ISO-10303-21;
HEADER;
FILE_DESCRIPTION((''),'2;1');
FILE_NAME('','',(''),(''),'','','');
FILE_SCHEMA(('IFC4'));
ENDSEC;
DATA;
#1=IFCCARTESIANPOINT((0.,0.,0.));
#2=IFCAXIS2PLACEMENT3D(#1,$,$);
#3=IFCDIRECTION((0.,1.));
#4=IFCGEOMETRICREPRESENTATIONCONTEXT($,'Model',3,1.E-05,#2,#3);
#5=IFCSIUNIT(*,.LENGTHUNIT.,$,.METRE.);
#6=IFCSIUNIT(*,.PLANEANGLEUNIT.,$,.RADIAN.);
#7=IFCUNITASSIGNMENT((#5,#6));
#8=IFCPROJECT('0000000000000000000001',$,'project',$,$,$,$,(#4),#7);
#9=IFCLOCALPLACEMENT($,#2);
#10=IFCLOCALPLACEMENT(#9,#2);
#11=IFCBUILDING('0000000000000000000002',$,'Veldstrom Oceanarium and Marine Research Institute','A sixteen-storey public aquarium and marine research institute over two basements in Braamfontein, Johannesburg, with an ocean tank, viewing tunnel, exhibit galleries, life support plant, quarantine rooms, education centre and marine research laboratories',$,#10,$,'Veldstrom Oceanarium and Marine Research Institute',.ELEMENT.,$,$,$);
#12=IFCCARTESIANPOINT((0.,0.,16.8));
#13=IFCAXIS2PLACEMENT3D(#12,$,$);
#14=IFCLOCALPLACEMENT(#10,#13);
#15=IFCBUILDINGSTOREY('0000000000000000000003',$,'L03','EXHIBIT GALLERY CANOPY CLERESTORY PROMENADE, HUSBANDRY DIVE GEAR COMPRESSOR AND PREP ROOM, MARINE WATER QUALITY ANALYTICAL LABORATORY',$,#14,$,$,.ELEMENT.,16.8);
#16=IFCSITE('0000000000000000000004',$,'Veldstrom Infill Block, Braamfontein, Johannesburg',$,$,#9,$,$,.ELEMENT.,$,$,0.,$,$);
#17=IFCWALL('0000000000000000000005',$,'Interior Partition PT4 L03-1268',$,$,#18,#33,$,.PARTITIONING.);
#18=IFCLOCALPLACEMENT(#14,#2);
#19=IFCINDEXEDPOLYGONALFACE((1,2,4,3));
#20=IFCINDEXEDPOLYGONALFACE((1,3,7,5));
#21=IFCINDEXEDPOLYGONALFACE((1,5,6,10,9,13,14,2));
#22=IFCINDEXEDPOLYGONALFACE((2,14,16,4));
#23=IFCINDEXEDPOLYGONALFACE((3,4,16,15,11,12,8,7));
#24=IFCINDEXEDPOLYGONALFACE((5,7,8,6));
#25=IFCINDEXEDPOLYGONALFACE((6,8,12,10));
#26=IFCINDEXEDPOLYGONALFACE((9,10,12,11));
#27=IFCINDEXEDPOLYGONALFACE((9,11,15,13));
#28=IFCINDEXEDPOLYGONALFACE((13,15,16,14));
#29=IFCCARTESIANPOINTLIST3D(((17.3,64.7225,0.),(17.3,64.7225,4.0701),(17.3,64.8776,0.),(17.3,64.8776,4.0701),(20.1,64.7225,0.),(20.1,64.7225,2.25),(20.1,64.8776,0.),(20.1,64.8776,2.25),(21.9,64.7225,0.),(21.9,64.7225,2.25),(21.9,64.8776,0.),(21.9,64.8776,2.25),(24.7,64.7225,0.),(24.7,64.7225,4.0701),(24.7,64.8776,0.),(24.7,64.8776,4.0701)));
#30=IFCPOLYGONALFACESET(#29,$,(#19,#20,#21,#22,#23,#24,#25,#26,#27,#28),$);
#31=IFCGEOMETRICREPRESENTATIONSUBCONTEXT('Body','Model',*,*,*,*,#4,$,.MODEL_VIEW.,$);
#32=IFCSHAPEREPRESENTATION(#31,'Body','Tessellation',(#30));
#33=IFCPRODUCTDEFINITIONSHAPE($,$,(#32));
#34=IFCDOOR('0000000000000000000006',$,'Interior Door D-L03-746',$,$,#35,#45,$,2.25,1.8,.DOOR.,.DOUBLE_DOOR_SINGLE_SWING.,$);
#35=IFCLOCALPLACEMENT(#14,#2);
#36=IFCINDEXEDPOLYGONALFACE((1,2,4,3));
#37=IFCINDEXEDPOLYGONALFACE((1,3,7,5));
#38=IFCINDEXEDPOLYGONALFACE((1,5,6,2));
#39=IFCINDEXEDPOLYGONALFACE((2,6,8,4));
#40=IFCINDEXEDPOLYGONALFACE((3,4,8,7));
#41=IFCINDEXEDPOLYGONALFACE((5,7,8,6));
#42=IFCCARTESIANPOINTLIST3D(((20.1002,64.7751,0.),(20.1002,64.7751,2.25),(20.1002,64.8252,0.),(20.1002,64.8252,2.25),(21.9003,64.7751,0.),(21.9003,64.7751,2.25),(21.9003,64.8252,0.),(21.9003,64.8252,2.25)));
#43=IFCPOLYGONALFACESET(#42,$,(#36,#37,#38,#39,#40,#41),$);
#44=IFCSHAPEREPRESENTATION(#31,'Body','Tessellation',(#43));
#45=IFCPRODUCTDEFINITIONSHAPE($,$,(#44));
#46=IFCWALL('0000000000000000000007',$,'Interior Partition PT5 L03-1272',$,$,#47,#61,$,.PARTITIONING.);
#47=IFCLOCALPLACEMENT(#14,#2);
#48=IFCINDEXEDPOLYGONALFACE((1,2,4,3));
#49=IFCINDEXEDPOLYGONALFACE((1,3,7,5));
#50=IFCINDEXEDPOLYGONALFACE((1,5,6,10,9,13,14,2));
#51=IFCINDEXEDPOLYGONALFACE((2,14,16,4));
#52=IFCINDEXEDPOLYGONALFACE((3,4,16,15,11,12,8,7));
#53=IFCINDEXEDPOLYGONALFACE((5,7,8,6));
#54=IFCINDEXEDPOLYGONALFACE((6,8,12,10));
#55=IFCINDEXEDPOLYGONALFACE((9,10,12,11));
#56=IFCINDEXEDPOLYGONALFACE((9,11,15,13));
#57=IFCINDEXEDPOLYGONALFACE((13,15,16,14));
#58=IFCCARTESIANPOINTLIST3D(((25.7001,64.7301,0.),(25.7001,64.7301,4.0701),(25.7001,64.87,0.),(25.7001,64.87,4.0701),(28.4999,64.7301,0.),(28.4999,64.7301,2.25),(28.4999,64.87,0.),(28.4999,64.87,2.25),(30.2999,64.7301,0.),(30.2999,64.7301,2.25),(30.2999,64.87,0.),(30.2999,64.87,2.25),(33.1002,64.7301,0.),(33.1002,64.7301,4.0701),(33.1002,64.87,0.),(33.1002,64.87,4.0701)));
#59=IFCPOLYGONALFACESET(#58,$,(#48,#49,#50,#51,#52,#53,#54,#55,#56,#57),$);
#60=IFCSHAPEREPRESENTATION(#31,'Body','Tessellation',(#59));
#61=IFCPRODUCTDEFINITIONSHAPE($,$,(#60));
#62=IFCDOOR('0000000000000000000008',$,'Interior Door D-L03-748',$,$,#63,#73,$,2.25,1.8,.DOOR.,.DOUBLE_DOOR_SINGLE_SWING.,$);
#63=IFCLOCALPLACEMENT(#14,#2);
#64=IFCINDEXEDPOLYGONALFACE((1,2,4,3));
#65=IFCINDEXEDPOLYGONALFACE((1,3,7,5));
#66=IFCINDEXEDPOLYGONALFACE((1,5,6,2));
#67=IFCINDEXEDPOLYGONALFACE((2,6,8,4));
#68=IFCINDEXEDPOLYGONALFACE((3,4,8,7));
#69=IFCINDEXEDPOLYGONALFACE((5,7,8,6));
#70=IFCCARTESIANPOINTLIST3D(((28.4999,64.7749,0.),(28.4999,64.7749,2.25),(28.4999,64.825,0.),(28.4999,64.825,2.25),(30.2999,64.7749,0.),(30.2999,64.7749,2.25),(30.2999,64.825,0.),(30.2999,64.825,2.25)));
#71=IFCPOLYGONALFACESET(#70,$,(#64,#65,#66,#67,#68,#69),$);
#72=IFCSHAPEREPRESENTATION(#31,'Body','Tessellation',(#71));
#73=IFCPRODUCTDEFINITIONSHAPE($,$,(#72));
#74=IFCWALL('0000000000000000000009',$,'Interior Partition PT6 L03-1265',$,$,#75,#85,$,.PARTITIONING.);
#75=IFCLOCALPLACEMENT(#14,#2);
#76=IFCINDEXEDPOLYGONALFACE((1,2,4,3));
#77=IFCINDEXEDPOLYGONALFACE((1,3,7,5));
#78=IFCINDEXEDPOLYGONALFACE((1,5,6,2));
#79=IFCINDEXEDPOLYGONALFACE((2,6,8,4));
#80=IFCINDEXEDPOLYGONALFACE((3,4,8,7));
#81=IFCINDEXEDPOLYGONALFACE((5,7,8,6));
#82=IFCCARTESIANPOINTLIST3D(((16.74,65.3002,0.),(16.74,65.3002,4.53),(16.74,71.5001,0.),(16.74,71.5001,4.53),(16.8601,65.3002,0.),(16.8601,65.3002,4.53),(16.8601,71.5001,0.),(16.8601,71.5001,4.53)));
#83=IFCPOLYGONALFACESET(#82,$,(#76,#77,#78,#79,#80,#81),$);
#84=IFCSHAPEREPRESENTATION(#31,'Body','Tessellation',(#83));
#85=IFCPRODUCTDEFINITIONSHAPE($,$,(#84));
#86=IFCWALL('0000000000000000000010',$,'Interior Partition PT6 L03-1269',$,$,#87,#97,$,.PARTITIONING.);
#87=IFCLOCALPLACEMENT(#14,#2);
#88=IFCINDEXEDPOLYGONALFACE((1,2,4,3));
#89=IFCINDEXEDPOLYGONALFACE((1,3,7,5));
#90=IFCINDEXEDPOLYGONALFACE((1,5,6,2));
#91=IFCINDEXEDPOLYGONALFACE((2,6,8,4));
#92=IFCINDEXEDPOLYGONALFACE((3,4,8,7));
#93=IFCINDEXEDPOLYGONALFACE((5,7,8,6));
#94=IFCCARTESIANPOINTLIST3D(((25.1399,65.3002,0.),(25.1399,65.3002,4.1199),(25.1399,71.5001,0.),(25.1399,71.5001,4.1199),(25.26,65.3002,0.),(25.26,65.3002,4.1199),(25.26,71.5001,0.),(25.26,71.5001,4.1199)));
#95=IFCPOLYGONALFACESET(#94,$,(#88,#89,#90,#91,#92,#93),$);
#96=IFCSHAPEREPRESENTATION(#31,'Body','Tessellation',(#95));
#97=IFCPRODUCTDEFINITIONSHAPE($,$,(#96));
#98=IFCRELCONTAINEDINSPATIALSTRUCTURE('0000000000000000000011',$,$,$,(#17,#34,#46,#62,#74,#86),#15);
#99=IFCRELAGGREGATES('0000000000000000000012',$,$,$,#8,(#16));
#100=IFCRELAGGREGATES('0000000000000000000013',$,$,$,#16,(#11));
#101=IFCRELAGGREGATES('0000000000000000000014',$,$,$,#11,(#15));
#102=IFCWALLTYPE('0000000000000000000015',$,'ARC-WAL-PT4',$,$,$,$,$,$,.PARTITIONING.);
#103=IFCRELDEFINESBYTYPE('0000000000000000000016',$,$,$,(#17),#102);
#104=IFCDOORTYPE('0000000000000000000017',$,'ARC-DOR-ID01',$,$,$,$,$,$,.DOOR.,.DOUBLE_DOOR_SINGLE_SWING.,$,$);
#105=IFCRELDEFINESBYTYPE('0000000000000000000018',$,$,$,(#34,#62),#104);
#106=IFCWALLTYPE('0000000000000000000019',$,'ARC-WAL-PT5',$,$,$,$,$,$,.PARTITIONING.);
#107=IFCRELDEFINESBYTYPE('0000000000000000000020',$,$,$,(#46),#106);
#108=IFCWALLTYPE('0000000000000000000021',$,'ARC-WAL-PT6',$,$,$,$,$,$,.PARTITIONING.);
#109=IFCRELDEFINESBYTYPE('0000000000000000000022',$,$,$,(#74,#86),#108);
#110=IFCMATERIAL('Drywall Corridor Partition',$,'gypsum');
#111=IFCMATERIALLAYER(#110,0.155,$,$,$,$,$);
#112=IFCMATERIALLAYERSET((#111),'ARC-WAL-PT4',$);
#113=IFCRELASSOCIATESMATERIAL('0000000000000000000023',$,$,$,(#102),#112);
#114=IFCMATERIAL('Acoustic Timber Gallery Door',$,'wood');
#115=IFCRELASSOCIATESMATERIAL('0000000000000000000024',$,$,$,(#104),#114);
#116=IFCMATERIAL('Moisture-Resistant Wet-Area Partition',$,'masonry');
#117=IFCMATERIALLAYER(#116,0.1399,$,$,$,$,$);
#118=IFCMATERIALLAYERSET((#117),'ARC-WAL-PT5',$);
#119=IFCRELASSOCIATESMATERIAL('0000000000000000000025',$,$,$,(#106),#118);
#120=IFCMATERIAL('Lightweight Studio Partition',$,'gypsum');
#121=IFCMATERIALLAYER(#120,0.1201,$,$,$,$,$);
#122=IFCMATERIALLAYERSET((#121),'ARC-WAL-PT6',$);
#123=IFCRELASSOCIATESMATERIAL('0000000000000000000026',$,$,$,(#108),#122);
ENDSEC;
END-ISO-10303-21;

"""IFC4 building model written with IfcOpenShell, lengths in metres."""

from ifc_helpers import new_model, si_unit, direction, frame, frame_2d, origin, place, context, subcontext, project, spatial, rectangle, extrude, material, layer, layer_set, type_object, element, fill, save


model = new_model("IFC4")

# Units and contexts
model_context = context("Model", 3, precision=1e-05, world=origin(), true_north=direction((0.0, 1.0)))
body_context = subcontext(model_context, "Body", "Model", "MODEL_VIEW")
ifc_project = project(units=[si_unit("LENGTHUNIT", "METRE"), si_unit("PLANEANGLEUNIT", "RADIAN")], contexts=[model_context])

# Site, building, storey
site_placement = place(None, origin())
site = spatial("IfcSite", under=ifc_project, at=site_placement, Name="Veldstrom Infill Block, Braamfontein, Johannesburg", CompositionType="ELEMENT", RefElevation=0.0)
building_placement = place(site_placement, origin())
building = spatial("IfcBuilding", under=site, at=building_placement, Name="Veldstrom Oceanarium and Marine Research Institute", Description="A sixteen-storey public aquarium and marine research institute over two basements in Braamfontein, Johannesburg, with an ocean tank, viewing tunnel, exhibit galleries, life support plant, quarantine rooms, education centre and marine research laboratories", LongName="Veldstrom Oceanarium and Marine Research Institute", CompositionType="ELEMENT")
storey_placement = place(building_placement, frame((0.0, 0.0, 16.8)))
storey = spatial("IfcBuildingStorey", under=building, at=storey_placement, Name="L03", Description="EXHIBIT GALLERY CANOPY CLERESTORY PROMENADE, HUSBANDRY DIVE GEAR COMPRESSOR AND PREP ROOM, MARINE WATER QUALITY ANALYTICAL LABORATORY", CompositionType="ELEMENT", Elevation=16.8)

# Walls, openings, doors
ifc_material_1 = material(Name="Drywall Corridor Partition", Category="gypsum")
ifc_layer_1 = layer(ifc_material_1, 0.155)
ifc_layer_set_1 = layer_set([ifc_layer_1], Name="ARC-WAL-PT4")
wall_type_1 = type_object("IfcWallType", Name="ARC-WAL-PT4", PredefinedType="PARTITIONING", material=ifc_layer_set_1)
wall_1_placement = place(storey_placement, frame((17.3, 64.8, 0.0), z_axis=(0.0, 0.0, 1.0), x_axis=(1.0, 0.0, 0.0)))
wall_1 = element("IfcWall", 1, at=wall_1_placement, inside=storey, type_object=wall_type_1, Name="Interior Partition PT4 L03-1268", PredefinedType="PARTITIONING", context=body_context, shape_type="SweptSolid", body=[
    extrude(rectangle(XDim=7.3999, YDim=0.155, at=frame_2d((3.7, 0.0))), origin(), (0.0, 0.0, 1.0), 4.0701),
])
opening_1_placement = place(wall_1_placement, frame((2.8, 0.0, 0.0)))
opening_1 = element("IfcOpeningElement", 2, at=opening_1_placement, cuts=wall_1, PredefinedType="OPENING", context=body_context, shape_type="SweptSolid", body=[
    extrude(rectangle(XDim=1.8, YDim=2.25, at=frame_2d((0.8999, 1.125))), frame((0.0, 0.0874, 0.0), z_axis=(0.0, -1.0, 0.0), x_axis=(1.0, 0.0, 0.0)), (0.0, 0.0, 1.0), 0.175),
])
ifc_material_2 = material(Name="Acoustic Timber Gallery Door", Category="wood")
door_type = type_object("IfcDoorType", Name="ARC-DOR-ID01", OperationType="DOUBLE_DOOR_SINGLE_SWING", PredefinedType="DOOR", material=ifc_material_2)
door_1_placement = place(opening_1_placement, frame((1.8, 0.0, 0.0), z_axis=(0.0, 0.0, 1.0), x_axis=(-1.0, 0.0, 0.0)))
door_1 = element("IfcDoor", 3, at=door_1_placement, inside=storey, type_object=door_type, Name="Interior Door D-L03-746", OperationType="DOUBLE_DOOR_SINGLE_SWING", OverallHeight=2.25, OverallWidth=1.8, PredefinedType="DOOR", context=body_context, shape_type="SweptSolid", body=[
    extrude(rectangle(XDim=1.8, YDim=2.25, at=frame_2d((0.8999, 1.125))), frame((0.0, 0.0249, 0.0), z_axis=(0.0, -1.0, 0.0), x_axis=(1.0, 0.0, 0.0)), (0.0, 0.0, 1.0), 0.05),
])
fill(opening_1, door_1)
ifc_material_3 = material(Name="Moisture-Resistant Wet-Area Partition", Category="masonry")
ifc_layer_2 = layer(ifc_material_3, 0.1399)
ifc_layer_set_2 = layer_set([ifc_layer_2], Name="ARC-WAL-PT5")
wall_type_2 = type_object("IfcWallType", Name="ARC-WAL-PT5", PredefinedType="PARTITIONING", material=ifc_layer_set_2)
wall_2_placement = place(storey_placement, frame((25.7, 64.8, 0.0), z_axis=(0.0, 0.0, 1.0), x_axis=(1.0, 0.0, 0.0)))
wall_2 = element("IfcWall", 4, at=wall_2_placement, inside=storey, type_object=wall_type_2, Name="Interior Partition PT5 L03-1272", PredefinedType="PARTITIONING", context=body_context, shape_type="SweptSolid", body=[
    extrude(rectangle(XDim=7.4001, YDim=0.1399, at=frame_2d((3.7002, 0.0))), origin(), (0.0, 0.0, 1.0), 4.0701),
])
opening_2_placement = place(wall_2_placement, frame((2.8, 0.0, 0.0)))
opening_2 = element("IfcOpeningElement", 5, at=opening_2_placement, cuts=wall_2, PredefinedType="OPENING", context=body_context, shape_type="SweptSolid", body=[
    extrude(rectangle(XDim=1.8, YDim=2.25, at=frame_2d((0.8999, 1.125))), frame((0.0, 0.0798, 0.0), z_axis=(0.0, -1.0, 0.0), x_axis=(1.0, 0.0, 0.0)), (0.0, 0.0, 1.0), 0.1599),
])
door_2_placement = place(opening_2_placement, origin())
door_2 = element("IfcDoor", 6, at=door_2_placement, inside=storey, type_object=door_type, Name="Interior Door D-L03-748", OperationType="DOUBLE_DOOR_SINGLE_SWING", OverallHeight=2.25, OverallWidth=1.8, PredefinedType="DOOR", context=body_context, shape_type="SweptSolid", body=[
    extrude(rectangle(XDim=1.8, YDim=2.25, at=frame_2d((0.8999, 1.125))), frame((0.0, 0.0249, 0.0), z_axis=(0.0, -1.0, 0.0), x_axis=(1.0, 0.0, 0.0)), (0.0, 0.0, 1.0), 0.05),
])
fill(opening_2, door_2)

# Walls
ifc_material_4 = material(Name="Lightweight Studio Partition", Category="gypsum")
ifc_layer_3 = layer(ifc_material_4, 0.1201)
ifc_layer_set_3 = layer_set([ifc_layer_3], Name="ARC-WAL-PT6")
wall_type_3 = type_object("IfcWallType", Name="ARC-WAL-PT6", PredefinedType="PARTITIONING", material=ifc_layer_set_3)
wall_3_placement = place(storey_placement, frame((16.8, 65.3, 0.0), z_axis=(0.0, 0.0, 1.0), x_axis=(0.0, 1.0, 0.0)))
element("IfcWall", 7, at=wall_3_placement, inside=storey, type_object=wall_type_3, Name="Interior Partition PT6 L03-1265", PredefinedType="PARTITIONING", context=body_context, shape_type="SweptSolid", body=[
    extrude(rectangle(XDim=6.2, YDim=0.1201, at=frame_2d((3.1001, 0.0))), origin(), (0.0, 0.0, 1.0), 4.53),
])
wall_4_placement = place(storey_placement, frame((25.2, 65.3, 0.0), z_axis=(0.0, 0.0, 1.0), x_axis=(0.0, 1.0, 0.0)))
element("IfcWall", 8, at=wall_4_placement, inside=storey, type_object=wall_type_3, Name="Interior Partition PT6 L03-1269", PredefinedType="PARTITIONING", context=body_context, shape_type="SweptSolid", body=[
    extrude(rectangle(XDim=6.2, YDim=0.1201, at=frame_2d((3.1001, 0.0))), origin(), (0.0, 0.0, 1.0), 4.1199),
])

save(model, "model.ifc")
